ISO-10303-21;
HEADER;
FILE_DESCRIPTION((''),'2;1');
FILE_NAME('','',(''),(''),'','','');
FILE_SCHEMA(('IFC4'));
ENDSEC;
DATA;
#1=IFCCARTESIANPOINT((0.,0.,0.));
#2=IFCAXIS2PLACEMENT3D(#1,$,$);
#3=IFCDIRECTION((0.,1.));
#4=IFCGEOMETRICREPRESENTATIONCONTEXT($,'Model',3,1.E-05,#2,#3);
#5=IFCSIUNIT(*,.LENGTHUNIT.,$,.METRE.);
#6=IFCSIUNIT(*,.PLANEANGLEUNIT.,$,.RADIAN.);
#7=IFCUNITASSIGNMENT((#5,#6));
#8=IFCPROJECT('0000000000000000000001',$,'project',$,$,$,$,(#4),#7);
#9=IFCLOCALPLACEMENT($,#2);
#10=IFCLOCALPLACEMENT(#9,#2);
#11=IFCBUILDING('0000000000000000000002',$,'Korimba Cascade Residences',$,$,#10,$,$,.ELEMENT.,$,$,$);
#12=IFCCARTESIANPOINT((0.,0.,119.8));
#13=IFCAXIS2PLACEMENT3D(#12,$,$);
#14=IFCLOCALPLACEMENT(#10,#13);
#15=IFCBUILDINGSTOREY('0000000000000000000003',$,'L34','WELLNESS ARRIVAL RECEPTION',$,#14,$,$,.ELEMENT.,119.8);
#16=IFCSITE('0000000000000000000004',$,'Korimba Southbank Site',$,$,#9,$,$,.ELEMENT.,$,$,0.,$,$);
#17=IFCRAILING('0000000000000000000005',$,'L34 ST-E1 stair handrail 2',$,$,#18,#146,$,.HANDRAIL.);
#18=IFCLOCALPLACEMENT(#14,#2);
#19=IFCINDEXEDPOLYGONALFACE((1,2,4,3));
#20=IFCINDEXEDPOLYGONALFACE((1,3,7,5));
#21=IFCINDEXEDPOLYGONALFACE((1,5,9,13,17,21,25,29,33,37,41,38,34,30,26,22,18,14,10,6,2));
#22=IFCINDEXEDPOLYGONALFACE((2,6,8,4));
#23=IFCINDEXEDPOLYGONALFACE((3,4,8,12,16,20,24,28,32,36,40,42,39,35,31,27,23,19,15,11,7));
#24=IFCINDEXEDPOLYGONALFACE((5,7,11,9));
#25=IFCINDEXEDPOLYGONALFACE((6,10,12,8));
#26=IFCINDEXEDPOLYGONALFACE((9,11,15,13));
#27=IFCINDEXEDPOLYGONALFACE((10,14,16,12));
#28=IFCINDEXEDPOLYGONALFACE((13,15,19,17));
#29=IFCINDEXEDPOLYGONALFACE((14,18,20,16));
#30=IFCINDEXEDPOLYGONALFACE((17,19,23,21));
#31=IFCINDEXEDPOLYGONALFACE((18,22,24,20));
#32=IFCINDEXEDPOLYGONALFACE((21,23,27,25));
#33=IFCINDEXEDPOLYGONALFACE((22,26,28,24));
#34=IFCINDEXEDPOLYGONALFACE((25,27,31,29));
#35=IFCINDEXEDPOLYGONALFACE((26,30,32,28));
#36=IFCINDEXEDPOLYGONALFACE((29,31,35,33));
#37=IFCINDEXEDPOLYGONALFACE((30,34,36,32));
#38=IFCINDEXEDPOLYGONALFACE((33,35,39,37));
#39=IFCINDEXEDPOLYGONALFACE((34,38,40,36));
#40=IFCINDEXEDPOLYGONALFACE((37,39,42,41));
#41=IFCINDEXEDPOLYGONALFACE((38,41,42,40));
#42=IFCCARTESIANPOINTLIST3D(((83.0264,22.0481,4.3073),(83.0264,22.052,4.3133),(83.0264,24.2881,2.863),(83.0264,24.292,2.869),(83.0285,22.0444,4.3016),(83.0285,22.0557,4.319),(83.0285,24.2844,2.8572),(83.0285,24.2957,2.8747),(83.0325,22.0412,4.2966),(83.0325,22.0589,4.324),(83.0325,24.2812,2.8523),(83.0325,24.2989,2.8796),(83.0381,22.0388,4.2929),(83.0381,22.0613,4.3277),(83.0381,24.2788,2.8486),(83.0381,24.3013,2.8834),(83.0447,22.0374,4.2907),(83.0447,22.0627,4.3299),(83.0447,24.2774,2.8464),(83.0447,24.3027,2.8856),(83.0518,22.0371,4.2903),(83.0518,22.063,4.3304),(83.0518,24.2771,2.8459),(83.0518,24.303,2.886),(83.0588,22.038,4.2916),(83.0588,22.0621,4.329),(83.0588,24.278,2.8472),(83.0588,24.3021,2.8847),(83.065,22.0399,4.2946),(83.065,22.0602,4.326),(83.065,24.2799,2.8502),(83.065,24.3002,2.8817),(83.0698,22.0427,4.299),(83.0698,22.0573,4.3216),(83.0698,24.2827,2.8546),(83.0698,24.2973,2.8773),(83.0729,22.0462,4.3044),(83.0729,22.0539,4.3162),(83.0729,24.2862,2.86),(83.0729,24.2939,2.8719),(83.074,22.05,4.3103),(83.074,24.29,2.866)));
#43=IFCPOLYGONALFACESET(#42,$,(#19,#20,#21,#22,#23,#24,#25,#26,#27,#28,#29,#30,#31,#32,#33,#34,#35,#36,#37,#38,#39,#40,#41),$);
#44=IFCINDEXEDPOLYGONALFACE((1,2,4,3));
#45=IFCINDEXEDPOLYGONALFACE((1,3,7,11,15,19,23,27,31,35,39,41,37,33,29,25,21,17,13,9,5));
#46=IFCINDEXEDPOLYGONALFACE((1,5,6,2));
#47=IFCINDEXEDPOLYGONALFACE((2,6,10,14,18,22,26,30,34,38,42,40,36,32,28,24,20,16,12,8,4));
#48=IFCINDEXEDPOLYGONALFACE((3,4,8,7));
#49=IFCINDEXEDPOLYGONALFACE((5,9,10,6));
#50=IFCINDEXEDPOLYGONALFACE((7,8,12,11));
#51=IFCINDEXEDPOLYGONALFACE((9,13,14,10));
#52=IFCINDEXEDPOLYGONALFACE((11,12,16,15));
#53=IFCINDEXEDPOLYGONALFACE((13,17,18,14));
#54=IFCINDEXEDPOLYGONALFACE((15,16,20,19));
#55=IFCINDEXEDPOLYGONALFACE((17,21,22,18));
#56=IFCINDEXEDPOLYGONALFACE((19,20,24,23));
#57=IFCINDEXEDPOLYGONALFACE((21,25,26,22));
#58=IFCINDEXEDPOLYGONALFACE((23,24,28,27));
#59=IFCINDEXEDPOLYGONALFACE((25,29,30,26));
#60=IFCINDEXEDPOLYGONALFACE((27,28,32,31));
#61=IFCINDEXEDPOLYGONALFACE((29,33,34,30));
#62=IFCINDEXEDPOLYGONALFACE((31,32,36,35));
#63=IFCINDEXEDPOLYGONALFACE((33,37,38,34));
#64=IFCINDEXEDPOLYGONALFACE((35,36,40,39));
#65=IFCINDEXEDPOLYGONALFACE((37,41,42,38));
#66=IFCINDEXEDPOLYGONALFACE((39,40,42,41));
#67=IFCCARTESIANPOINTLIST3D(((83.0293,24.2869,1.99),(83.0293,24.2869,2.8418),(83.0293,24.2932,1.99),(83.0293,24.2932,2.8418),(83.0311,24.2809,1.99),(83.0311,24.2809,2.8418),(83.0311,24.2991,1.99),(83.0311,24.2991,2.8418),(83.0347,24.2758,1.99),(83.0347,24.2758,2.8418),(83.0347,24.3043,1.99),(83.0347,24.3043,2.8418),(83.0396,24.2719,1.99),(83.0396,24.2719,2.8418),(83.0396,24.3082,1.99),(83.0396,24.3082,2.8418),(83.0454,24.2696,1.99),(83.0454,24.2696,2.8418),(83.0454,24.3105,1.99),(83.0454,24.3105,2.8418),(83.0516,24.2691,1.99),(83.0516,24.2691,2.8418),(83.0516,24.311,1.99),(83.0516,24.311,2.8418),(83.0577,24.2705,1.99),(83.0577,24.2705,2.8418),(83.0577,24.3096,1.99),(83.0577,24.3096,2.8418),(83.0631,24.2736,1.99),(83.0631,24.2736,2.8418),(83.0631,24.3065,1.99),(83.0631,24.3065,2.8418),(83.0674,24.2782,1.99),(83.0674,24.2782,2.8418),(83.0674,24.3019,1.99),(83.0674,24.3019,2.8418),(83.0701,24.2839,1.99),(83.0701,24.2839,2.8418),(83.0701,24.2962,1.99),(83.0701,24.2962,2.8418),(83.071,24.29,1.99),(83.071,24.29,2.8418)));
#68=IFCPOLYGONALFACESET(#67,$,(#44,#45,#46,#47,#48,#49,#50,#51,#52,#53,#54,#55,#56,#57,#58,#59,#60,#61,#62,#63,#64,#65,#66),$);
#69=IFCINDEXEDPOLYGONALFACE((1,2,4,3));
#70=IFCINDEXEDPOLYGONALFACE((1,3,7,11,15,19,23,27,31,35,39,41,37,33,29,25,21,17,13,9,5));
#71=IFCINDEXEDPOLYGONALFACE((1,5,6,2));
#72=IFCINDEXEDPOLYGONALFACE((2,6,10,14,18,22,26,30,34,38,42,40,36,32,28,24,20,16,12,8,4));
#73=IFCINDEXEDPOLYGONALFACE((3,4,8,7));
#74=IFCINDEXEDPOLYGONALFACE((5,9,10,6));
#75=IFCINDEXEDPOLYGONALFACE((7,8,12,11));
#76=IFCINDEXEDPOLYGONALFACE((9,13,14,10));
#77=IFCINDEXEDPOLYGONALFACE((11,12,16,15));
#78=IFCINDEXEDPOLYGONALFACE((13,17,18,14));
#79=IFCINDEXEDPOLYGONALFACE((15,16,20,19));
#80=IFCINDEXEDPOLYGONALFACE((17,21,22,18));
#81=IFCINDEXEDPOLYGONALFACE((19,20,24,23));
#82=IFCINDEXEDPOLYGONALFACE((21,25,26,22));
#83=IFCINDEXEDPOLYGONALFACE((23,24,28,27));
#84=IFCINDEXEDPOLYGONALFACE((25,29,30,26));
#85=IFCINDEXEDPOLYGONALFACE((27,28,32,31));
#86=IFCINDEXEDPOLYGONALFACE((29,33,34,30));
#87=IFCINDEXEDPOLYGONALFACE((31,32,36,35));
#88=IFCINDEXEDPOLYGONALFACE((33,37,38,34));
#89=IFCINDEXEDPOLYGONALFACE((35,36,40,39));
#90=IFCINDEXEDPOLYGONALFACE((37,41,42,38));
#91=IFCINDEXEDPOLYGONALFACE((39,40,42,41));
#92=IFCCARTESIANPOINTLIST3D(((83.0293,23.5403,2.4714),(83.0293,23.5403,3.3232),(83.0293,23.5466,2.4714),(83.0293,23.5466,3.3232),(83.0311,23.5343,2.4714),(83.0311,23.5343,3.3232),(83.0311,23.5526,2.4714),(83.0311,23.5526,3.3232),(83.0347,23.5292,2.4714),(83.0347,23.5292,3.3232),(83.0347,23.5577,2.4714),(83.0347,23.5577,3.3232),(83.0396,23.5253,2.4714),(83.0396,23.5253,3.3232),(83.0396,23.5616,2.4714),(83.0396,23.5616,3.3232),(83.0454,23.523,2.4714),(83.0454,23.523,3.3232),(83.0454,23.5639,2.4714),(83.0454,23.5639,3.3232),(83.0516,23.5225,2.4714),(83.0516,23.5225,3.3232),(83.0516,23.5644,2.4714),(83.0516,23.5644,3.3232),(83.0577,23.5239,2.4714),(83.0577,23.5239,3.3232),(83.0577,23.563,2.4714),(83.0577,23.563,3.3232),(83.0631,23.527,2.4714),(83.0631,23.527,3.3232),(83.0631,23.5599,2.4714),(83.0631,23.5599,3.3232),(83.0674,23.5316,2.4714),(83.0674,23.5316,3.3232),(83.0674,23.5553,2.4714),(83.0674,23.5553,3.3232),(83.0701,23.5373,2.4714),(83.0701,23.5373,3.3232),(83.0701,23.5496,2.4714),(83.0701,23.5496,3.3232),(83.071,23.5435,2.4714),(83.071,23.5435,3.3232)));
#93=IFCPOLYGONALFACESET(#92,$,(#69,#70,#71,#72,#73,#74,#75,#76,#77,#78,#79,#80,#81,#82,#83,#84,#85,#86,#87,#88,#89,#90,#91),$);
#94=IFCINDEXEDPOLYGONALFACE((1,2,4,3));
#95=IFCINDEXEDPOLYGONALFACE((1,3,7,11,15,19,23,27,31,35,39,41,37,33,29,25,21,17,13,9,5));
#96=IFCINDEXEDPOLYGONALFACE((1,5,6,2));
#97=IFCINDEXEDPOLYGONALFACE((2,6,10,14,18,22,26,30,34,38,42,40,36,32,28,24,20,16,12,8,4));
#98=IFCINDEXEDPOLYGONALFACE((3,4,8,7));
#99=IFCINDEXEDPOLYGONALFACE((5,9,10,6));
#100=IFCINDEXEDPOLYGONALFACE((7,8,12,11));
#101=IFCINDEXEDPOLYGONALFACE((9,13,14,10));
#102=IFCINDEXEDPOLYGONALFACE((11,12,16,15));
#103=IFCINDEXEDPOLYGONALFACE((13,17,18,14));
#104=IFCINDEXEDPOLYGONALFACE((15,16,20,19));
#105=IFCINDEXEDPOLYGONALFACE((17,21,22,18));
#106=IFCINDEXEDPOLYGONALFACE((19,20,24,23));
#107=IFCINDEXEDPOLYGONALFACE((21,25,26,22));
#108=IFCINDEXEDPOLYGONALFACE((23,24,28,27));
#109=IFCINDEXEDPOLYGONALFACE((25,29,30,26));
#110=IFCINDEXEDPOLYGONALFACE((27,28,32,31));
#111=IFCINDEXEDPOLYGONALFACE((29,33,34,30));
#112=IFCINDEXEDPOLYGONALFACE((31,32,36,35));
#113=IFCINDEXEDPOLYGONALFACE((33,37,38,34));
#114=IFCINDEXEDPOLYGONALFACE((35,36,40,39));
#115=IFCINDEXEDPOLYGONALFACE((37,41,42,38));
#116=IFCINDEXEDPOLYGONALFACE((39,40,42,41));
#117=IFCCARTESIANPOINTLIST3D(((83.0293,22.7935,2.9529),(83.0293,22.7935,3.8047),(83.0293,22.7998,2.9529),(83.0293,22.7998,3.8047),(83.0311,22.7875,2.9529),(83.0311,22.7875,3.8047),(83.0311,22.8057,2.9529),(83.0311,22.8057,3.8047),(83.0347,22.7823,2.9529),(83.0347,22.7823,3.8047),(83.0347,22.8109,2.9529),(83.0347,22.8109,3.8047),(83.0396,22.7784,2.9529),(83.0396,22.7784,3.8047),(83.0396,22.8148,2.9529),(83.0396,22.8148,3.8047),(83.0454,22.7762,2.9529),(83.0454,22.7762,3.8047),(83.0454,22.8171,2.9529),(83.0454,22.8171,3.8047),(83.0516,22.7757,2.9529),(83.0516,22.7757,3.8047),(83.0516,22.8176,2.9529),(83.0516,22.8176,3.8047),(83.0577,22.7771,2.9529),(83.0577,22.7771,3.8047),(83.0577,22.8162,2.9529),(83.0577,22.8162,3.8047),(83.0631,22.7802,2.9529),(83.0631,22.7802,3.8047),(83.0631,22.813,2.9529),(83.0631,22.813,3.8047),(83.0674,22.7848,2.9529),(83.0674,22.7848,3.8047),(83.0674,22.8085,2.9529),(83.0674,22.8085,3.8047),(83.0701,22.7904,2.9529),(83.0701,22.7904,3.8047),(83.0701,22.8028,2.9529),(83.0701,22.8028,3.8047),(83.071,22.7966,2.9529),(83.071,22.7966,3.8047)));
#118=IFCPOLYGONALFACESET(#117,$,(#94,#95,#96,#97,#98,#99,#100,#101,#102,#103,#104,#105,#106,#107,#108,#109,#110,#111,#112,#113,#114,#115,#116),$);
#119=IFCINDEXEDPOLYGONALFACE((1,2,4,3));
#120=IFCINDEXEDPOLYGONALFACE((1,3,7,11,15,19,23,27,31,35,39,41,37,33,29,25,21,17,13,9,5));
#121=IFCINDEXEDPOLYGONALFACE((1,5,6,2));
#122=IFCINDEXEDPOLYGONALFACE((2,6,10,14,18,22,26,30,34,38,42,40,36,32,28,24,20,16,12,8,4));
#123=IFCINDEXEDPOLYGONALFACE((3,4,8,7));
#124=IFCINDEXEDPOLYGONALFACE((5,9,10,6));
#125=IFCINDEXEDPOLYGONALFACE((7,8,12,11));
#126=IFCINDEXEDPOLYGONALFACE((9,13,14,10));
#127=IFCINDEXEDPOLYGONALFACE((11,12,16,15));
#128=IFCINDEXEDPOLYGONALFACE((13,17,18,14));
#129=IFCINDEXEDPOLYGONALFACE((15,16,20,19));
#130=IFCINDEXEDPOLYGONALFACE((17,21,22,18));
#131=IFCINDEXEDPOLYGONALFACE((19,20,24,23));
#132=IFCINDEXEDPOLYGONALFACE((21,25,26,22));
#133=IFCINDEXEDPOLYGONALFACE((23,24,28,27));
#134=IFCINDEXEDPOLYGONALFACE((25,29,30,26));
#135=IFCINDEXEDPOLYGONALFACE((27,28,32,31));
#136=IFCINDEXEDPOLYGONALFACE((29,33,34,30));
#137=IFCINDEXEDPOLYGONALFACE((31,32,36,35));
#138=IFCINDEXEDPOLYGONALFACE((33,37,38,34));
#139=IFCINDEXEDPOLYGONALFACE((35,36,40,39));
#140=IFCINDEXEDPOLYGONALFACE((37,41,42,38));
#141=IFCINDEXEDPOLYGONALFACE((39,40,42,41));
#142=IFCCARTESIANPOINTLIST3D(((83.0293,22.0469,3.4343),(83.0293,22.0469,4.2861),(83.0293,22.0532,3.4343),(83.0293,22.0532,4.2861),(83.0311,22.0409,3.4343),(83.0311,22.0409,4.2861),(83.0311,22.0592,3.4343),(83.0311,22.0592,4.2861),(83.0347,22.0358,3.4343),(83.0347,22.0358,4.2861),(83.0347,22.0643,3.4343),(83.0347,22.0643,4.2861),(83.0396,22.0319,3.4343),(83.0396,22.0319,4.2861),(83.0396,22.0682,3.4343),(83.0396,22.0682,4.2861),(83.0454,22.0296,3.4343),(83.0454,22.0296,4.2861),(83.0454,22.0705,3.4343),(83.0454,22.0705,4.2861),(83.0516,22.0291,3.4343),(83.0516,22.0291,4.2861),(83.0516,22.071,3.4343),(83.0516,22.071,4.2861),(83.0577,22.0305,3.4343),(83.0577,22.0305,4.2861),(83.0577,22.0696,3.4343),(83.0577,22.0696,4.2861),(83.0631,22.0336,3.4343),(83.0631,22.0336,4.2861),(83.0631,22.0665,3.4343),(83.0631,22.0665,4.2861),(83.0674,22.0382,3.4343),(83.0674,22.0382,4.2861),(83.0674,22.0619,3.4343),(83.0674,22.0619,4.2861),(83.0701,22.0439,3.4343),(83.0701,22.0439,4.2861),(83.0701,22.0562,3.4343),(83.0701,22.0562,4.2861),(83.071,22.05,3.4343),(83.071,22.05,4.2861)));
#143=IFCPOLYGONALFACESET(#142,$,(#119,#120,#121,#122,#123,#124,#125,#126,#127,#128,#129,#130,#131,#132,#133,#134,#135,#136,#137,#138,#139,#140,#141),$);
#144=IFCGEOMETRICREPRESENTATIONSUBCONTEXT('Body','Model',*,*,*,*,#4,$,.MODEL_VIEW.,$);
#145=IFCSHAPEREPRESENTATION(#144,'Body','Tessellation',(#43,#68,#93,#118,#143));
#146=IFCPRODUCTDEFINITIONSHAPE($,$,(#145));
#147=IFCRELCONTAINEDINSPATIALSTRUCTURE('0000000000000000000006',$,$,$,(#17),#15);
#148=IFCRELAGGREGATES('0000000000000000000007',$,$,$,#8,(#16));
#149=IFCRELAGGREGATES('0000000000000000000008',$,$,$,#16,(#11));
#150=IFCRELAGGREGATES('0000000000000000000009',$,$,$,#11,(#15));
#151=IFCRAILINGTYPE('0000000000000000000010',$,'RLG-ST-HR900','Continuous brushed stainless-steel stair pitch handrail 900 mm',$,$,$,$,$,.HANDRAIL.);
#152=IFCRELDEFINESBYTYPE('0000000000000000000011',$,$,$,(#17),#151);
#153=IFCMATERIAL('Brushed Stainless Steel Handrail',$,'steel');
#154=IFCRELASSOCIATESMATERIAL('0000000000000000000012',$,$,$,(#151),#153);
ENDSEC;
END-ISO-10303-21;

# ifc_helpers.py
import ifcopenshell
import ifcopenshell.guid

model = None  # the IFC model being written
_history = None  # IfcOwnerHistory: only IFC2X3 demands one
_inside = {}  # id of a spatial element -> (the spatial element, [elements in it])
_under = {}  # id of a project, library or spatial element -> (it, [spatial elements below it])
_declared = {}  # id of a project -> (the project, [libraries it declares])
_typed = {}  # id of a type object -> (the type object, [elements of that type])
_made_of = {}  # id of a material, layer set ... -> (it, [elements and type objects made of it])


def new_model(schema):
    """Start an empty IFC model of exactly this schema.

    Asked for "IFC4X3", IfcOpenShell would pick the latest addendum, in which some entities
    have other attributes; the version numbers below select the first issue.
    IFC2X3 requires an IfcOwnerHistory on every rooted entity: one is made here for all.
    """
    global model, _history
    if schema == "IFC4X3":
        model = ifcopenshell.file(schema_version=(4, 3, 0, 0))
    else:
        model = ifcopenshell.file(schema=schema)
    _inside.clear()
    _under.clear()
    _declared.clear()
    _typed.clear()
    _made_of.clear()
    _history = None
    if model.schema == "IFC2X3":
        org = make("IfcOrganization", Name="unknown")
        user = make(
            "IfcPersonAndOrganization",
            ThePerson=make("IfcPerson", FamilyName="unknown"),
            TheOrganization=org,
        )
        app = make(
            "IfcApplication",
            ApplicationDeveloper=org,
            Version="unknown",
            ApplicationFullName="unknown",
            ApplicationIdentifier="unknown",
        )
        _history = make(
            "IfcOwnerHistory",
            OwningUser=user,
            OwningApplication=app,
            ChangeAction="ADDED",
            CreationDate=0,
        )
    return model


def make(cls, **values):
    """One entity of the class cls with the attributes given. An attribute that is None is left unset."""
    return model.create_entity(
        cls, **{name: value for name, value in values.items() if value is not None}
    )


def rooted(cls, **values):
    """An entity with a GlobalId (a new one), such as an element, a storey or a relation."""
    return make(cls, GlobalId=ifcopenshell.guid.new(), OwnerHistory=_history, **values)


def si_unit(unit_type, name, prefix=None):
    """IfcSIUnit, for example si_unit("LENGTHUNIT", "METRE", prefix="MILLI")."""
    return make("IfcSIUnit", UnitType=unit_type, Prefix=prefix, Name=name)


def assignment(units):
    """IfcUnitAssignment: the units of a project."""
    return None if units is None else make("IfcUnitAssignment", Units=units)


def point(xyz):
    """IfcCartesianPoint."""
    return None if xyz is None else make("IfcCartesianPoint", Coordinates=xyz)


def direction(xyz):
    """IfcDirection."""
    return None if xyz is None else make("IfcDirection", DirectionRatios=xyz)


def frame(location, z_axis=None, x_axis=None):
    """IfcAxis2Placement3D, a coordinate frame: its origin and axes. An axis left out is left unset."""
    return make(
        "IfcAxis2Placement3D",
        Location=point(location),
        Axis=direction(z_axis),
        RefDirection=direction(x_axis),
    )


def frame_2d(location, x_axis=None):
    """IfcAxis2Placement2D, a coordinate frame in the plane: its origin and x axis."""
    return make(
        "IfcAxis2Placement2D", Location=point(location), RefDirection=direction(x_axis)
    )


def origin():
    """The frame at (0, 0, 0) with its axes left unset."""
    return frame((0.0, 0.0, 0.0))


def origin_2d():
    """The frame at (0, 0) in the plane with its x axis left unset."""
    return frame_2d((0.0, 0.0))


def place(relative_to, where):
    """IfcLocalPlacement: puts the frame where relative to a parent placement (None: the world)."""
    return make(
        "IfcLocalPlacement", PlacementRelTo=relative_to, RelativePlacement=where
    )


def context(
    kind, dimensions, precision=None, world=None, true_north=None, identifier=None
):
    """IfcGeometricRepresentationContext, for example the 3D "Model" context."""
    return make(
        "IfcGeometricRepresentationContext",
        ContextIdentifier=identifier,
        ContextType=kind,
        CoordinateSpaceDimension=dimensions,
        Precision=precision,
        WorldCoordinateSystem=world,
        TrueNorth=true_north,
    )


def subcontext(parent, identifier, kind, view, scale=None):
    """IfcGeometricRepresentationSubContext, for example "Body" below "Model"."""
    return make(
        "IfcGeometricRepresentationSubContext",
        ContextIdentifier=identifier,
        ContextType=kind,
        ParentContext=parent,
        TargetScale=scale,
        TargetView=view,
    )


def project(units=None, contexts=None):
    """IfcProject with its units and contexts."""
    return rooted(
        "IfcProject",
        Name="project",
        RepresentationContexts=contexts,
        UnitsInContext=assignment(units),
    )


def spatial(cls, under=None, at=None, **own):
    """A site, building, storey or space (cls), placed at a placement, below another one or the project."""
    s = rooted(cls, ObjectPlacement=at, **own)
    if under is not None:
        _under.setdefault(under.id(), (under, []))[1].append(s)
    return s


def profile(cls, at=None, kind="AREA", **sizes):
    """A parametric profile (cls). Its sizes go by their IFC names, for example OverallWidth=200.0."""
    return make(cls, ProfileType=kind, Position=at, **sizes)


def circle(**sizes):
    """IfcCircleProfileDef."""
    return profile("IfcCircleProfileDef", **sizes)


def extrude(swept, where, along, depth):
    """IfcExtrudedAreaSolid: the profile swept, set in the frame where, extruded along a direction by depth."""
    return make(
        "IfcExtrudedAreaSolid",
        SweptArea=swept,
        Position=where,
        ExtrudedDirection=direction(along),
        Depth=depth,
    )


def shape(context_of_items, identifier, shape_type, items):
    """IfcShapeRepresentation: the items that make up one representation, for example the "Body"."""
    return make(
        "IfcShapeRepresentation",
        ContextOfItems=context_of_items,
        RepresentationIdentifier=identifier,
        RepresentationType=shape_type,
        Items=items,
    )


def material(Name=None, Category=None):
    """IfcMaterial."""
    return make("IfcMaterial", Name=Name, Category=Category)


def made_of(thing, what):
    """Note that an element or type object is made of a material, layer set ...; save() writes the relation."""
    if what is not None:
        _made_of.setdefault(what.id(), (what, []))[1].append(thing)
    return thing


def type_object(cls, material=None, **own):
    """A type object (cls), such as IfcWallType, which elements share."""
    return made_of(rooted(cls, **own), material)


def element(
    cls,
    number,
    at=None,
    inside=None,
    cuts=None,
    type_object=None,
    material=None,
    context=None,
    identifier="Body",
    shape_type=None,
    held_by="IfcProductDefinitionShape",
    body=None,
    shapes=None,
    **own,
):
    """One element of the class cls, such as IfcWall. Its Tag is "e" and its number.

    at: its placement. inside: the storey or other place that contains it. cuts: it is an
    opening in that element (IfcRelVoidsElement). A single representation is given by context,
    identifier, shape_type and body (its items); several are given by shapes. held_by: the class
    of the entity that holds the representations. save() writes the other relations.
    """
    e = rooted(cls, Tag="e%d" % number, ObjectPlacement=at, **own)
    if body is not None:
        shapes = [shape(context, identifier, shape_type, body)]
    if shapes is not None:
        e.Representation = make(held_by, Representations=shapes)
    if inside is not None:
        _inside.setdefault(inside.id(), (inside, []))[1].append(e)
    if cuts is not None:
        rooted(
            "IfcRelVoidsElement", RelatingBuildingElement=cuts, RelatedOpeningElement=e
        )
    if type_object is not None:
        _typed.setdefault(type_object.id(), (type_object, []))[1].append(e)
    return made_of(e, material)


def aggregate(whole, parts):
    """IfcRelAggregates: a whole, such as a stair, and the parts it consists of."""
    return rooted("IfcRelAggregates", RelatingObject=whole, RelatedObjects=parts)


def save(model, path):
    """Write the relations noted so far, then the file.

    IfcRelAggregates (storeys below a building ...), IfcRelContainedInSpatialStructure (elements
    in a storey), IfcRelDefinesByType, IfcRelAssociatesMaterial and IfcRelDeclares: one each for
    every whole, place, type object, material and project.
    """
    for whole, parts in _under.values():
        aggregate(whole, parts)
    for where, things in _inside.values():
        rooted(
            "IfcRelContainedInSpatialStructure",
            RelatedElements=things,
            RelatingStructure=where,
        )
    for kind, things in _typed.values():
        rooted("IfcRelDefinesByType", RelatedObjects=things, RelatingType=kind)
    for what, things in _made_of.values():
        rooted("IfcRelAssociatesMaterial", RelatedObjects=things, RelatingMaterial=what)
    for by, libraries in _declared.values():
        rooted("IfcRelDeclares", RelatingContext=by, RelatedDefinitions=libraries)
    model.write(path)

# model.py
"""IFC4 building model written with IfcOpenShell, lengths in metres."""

from ifc_helpers import new_model, si_unit, direction, frame, origin, origin_2d, place, context, subcontext, project, spatial, circle, extrude, material, type_object, element, save


model = new_model("IFC4")

# Units and contexts
model_context = context("Model", 3, precision=1e-05, world=origin(), true_north=direction((0.0, 1.0)))
body_context = subcontext(model_context, "Body", "Model", "MODEL_VIEW")
ifc_project = project(units=[si_unit("LENGTHUNIT", "METRE"), si_unit("PLANEANGLEUNIT", "RADIAN")], contexts=[model_context])

# Site, building, storey
site_placement = place(None, origin())
site = spatial("IfcSite", under=ifc_project, at=site_placement, Name="Korimba Southbank Site", CompositionType="ELEMENT", RefElevation=0.0)
building_placement = place(site_placement, origin())
building = spatial("IfcBuilding", under=site, at=building_placement, Name="Korimba Cascade Residences", CompositionType="ELEMENT")
storey_placement = place(building_placement, frame((0.0, 0.0, 119.8)))
storey = spatial("IfcBuildingStorey", under=building, at=storey_placement, Name="L34", Description="WELLNESS ARRIVAL RECEPTION", CompositionType="ELEMENT", Elevation=119.8)

# Railing
ifc_material_1 = material(Name="Brushed Stainless Steel Handrail", Category="steel")
railing_type_1 = type_object("IfcRailingType", Name="RLG-ST-HR900", Description="Continuous brushed stainless-steel stair pitch handrail 900 mm", PredefinedType="HANDRAIL", material=ifc_material_1)
railing_1_placement = place(storey_placement, frame((83.05, 24.29, 1.99)))
element("IfcRailing", 1, at=railing_1_placement, inside=storey, type_object=railing_type_1, Name="L34 ST-E1 stair handrail 2", PredefinedType="HANDRAIL", context=body_context, shape_type="SweptSolid", body=[
    extrude(circle(Radius=0.0239, at=origin_2d()), frame((0.0, 0.0, 0.876), z_axis=(0.0, -0.840437, 0.54191), x_axis=(1.0, 0.0, 0.0)), (0.0, 0.0, 1.0), 2.6653),
    extrude(circle(Radius=0.021, at=origin_2d()), origin(), (0.0, 0.0, 1.0), 0.8518),
    extrude(circle(Radius=0.021, at=origin_2d()), frame((0.0, -0.7466, 0.4814)), (0.0, 0.0, 1.0), 0.8518),
    extrude(circle(Radius=0.021, at=origin_2d()), frame((0.0, -1.4934, 0.9629)), (0.0, 0.0, 1.0), 0.8518),
    extrude(circle(Radius=0.021, at=origin_2d()), frame((0.0, -2.24, 1.4443)), (0.0, 0.0, 1.0), 0.8518),
])

save(model, "model.ifc")
